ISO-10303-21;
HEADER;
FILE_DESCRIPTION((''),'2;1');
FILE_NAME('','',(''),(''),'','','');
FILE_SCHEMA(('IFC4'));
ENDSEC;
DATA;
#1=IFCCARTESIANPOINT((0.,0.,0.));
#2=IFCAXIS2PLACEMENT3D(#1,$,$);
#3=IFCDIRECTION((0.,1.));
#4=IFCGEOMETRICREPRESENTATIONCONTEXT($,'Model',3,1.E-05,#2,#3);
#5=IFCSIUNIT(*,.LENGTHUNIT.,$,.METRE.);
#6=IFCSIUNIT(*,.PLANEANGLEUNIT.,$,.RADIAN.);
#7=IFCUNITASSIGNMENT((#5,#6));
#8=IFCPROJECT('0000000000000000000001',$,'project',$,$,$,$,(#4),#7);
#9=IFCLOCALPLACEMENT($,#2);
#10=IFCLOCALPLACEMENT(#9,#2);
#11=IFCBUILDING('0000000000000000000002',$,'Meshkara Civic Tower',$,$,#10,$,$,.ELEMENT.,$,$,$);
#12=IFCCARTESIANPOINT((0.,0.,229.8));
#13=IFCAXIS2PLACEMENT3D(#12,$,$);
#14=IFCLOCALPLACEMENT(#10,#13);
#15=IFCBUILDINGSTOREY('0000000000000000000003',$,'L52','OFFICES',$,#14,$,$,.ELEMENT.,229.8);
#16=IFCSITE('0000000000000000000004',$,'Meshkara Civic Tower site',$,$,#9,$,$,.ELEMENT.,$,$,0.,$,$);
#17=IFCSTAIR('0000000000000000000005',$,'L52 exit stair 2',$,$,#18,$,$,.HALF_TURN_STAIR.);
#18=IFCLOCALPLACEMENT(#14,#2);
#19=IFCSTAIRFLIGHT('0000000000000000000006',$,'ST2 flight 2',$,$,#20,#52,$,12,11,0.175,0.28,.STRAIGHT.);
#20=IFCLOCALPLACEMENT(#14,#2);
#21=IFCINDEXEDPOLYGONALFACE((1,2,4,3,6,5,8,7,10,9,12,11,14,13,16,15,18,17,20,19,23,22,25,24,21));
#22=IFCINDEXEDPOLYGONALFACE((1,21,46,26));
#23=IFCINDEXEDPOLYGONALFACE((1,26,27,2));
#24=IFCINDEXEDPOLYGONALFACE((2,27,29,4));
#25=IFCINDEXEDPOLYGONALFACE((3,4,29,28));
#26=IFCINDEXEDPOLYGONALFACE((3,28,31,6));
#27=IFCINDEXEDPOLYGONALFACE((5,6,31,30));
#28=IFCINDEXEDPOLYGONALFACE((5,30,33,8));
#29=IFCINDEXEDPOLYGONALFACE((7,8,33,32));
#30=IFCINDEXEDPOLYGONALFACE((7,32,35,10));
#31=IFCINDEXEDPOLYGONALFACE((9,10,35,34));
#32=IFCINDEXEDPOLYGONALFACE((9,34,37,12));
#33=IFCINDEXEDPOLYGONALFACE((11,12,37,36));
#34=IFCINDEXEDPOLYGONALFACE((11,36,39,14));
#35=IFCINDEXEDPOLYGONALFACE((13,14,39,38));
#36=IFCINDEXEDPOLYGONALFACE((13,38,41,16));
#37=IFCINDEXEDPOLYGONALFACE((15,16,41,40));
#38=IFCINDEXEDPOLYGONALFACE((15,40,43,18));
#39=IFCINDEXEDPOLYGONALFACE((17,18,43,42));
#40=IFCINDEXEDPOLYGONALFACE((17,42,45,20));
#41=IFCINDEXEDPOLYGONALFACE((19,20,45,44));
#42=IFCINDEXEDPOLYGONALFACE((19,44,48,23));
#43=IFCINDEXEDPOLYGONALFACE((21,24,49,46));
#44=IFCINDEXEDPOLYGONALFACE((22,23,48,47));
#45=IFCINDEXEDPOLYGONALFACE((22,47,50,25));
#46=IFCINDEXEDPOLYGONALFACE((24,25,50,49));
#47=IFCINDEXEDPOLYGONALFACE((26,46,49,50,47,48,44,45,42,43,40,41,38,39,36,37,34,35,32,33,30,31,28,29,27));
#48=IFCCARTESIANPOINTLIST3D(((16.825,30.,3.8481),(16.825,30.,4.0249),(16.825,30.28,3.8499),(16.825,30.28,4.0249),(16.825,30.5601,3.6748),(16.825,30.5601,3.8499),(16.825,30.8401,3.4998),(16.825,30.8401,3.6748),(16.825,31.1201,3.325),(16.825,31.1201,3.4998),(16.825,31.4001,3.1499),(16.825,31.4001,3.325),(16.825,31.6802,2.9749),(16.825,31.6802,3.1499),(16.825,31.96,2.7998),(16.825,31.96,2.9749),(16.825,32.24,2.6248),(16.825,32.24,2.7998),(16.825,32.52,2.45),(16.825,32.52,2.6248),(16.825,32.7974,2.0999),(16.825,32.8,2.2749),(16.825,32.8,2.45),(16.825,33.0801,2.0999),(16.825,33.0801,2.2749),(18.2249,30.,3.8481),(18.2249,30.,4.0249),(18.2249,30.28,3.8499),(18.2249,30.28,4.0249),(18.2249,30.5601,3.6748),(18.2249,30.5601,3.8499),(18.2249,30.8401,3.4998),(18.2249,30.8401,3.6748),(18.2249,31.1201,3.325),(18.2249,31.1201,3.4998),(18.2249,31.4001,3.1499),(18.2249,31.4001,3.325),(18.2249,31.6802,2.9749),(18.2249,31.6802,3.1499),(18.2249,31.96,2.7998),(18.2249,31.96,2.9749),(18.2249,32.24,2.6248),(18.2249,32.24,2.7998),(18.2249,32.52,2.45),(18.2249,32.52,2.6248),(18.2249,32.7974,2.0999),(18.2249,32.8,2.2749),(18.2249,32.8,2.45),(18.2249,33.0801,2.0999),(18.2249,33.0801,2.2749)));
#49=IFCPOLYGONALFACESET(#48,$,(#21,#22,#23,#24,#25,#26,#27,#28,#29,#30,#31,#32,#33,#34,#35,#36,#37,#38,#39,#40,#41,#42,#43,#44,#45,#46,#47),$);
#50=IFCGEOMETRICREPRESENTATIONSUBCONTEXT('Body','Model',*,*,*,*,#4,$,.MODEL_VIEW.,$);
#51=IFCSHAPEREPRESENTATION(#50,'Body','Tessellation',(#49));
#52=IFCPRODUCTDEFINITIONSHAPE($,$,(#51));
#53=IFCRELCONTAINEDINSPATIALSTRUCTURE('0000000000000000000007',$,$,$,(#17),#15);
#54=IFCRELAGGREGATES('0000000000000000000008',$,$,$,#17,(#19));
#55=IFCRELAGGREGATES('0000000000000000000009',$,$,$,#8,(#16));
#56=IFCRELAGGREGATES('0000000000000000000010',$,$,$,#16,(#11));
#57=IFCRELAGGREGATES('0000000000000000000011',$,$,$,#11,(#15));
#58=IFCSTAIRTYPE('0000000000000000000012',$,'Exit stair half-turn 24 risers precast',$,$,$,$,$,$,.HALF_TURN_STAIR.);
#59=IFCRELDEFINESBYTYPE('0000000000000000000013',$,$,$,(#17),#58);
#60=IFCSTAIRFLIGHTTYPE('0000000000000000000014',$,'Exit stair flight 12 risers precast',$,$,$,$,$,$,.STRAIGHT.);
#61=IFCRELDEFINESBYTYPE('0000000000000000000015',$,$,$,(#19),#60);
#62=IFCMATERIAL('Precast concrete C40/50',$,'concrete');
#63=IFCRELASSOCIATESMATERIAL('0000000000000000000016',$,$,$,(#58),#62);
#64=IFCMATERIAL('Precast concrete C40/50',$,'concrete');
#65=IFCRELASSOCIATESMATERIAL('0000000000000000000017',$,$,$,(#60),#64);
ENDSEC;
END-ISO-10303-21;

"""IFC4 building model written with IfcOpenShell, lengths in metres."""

from ifc_helpers import new_model, si_unit, direction, frame, origin, place, context, subcontext, project, spatial, polyline, outline, extrude, material, type_object, element, aggregate, save


model = new_model("IFC4")

# Units and contexts
model_context = context("Model", 3, precision=1e-05, world=origin(), true_north=direction((0.0, 1.0)))
body_context = subcontext(model_context, "Body", "Model", "MODEL_VIEW")
ifc_project = project(units=[si_unit("LENGTHUNIT", "METRE"), si_unit("PLANEANGLEUNIT", "RADIAN")], contexts=[model_context])

# Site, building, storey
site_placement = place(None, origin())
site = spatial("IfcSite", under=ifc_project, at=site_placement, Name="Meshkara Civic Tower site", CompositionType="ELEMENT", RefElevation=0.0)
building_placement = place(site_placement, origin())
building = spatial("IfcBuilding", under=site, at=building_placement, Name="Meshkara Civic Tower", CompositionType="ELEMENT")
storey_placement = place(building_placement, frame((0.0, 0.0, 229.8)))
storey = spatial("IfcBuildingStorey", under=building, at=storey_placement, Name="L52", Description="OFFICES", CompositionType="ELEMENT", Elevation=229.8)

# Stair, stair flight
ifc_material_1 = material(Name="Precast concrete C40/50", Category="concrete")
stair_type = type_object("IfcStairType", Name="Exit stair half-turn 24 risers precast", PredefinedType="HALF_TURN_STAIR", material=ifc_material_1)
stair_placement = place(storey_placement, origin())
stair = element("IfcStair", 1, at=stair_placement, inside=storey, type_object=stair_type, Name="L52 exit stair 2", PredefinedType="HALF_TURN_STAIR")
ifc_material_2 = material(Name="Precast concrete C40/50", Category="concrete")
stair_flight_type = type_object("IfcStairFlightType", Name="Exit stair flight 12 risers precast", PredefinedType="STRAIGHT", material=ifc_material_2)
stair_flight_1_placement = place(storey_placement, frame((17.5249, 33.0801, 2.0999), z_axis=(0.0, 0.0, 1.0), x_axis=(0.0, -1.0, 0.0)))
stair_flight_1 = element("IfcStairFlight", 2, at=stair_flight_1_placement, type_object=stair_flight_type, Name="ST2 flight 2", NumberOfRisers=12, NumberOfTreads=11, PredefinedType="STRAIGHT", RiserHeight=0.175, TreadLength=0.28, context=body_context, shape_type="SweptSolid", body=[
    extrude(outline(polyline([(0.0, 0.0), (0.0, 0.175), (0.28, 0.175), (0.28, 0.3501), (0.5601, 0.3501), (0.5601, 0.5249), (0.8401, 0.5249), (0.8401, 0.7), (1.1201, 0.7), (1.1201, 0.875), (1.3999, 0.875), (1.3999, 1.05), (1.6799, 1.05), (1.6799, 1.2251), (1.96, 1.2251), (1.96, 1.3999), (2.24, 1.3999), (2.24, 1.575), (2.52, 1.575), (2.52, 1.75), (2.8, 1.75), (2.8, 1.925), (3.0801, 1.925), (3.0801, 2.1001), (3.0801, 1.7483), (0.2827, 0.0), (0.0, 0.0)])), frame((0.0, 0.7, 0.0), z_axis=(0.0, -1.0, 0.0), x_axis=(1.0, 0.0, 0.0)), (0.0, 0.0, 1.0), 1.3999),
])
aggregate(stair, [stair_flight_1])

save(model, "model.ifc")
